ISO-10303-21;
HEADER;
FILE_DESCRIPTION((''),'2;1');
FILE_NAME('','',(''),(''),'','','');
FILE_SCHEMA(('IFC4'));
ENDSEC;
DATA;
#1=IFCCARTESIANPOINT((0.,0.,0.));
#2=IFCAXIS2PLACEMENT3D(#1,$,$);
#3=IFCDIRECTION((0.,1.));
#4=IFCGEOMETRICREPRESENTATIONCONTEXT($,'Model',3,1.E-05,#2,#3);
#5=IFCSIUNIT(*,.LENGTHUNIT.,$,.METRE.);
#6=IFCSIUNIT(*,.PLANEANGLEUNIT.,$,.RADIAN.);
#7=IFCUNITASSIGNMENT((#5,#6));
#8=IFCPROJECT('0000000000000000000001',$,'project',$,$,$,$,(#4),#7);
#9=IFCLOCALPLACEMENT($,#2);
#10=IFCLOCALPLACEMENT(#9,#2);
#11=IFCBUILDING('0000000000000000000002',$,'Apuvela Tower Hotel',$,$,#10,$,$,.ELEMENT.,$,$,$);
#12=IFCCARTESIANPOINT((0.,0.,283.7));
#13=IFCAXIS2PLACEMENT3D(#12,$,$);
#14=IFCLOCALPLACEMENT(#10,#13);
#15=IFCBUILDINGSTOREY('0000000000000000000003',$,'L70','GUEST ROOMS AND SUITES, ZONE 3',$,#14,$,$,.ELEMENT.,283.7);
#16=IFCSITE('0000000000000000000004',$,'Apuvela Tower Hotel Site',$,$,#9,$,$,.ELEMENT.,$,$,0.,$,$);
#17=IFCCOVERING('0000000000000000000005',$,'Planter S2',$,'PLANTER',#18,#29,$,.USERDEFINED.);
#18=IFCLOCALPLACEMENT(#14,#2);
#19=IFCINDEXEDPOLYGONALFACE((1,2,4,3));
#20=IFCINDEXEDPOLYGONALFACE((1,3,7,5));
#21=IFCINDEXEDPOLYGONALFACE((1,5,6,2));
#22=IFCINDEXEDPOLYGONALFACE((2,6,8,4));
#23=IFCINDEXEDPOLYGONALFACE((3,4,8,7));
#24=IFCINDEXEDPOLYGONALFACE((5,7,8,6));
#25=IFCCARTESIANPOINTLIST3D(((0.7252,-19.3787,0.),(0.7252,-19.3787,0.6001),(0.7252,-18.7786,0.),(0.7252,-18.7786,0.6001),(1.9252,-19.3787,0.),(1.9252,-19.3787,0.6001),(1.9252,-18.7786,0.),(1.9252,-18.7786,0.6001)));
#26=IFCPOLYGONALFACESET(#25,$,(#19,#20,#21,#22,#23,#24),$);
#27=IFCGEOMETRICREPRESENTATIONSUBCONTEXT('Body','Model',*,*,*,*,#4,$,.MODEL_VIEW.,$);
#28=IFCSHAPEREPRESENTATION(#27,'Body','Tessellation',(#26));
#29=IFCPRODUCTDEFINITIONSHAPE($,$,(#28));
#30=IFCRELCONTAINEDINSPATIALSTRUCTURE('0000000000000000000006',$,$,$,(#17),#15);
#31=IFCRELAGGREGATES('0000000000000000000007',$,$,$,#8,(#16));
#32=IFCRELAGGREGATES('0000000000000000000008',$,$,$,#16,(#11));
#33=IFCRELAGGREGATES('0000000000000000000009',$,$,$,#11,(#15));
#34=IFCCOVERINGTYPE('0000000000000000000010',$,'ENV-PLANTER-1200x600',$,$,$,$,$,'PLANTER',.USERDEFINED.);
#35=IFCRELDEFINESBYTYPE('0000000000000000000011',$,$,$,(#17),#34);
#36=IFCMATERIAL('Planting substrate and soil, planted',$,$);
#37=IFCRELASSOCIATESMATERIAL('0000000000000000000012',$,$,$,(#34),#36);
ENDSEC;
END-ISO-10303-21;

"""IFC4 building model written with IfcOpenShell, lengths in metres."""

from ifc_helpers import new_model, si_unit, direction, frame, origin, origin_2d, place, context, subcontext, project, spatial, rectangle, extrude, material, type_object, element, save


model = new_model("IFC4")

# Units and contexts
model_context = context("Model", 3, precision=1e-05, world=origin(), true_north=direction((0.0, 1.0)))
body_context = subcontext(model_context, "Body", "Model", "MODEL_VIEW")
ifc_project = project(units=[si_unit("LENGTHUNIT", "METRE"), si_unit("PLANEANGLEUNIT", "RADIAN")], contexts=[model_context])

# Site, building, storey
site_placement = place(None, origin())
site = spatial("IfcSite", under=ifc_project, at=site_placement, Name="Apuvela Tower Hotel Site", CompositionType="ELEMENT", RefElevation=0.0)
building_placement = place(site_placement, origin())
building = spatial("IfcBuilding", under=site, at=building_placement, Name="Apuvela Tower Hotel", CompositionType="ELEMENT")
storey_placement = place(building_placement, frame((0.0, 0.0, 283.7)))
storey = spatial("IfcBuildingStorey", under=building, at=storey_placement, Name="L70", Description="GUEST ROOMS AND SUITES, ZONE 3", CompositionType="ELEMENT", Elevation=283.7)

# Covering
ifc_material_1 = material(Name="Planting substrate and soil, planted")
covering_type = type_object("IfcCoveringType", Name="ENV-PLANTER-1200x600", ElementType="PLANTER", PredefinedType="USERDEFINED", material=ifc_material_1)
covering_placement = place(storey_placement, frame((1.3252, -19.0786, 0.0), z_axis=(0.0, 0.0, 1.0), x_axis=(1.0, 0.0, 0.0)))
element("IfcCovering", 1, at=covering_placement, inside=storey, type_object=covering_type, Name="Planter S2", ObjectType="PLANTER", PredefinedType="USERDEFINED", context=body_context, shape_type="SweptSolid", body=[
    extrude(rectangle(XDim=1.2, YDim=0.6001, at=origin_2d()), origin(), (0.0, 0.0, 1.0), 0.6001),
])

save(model, "model.ifc")
